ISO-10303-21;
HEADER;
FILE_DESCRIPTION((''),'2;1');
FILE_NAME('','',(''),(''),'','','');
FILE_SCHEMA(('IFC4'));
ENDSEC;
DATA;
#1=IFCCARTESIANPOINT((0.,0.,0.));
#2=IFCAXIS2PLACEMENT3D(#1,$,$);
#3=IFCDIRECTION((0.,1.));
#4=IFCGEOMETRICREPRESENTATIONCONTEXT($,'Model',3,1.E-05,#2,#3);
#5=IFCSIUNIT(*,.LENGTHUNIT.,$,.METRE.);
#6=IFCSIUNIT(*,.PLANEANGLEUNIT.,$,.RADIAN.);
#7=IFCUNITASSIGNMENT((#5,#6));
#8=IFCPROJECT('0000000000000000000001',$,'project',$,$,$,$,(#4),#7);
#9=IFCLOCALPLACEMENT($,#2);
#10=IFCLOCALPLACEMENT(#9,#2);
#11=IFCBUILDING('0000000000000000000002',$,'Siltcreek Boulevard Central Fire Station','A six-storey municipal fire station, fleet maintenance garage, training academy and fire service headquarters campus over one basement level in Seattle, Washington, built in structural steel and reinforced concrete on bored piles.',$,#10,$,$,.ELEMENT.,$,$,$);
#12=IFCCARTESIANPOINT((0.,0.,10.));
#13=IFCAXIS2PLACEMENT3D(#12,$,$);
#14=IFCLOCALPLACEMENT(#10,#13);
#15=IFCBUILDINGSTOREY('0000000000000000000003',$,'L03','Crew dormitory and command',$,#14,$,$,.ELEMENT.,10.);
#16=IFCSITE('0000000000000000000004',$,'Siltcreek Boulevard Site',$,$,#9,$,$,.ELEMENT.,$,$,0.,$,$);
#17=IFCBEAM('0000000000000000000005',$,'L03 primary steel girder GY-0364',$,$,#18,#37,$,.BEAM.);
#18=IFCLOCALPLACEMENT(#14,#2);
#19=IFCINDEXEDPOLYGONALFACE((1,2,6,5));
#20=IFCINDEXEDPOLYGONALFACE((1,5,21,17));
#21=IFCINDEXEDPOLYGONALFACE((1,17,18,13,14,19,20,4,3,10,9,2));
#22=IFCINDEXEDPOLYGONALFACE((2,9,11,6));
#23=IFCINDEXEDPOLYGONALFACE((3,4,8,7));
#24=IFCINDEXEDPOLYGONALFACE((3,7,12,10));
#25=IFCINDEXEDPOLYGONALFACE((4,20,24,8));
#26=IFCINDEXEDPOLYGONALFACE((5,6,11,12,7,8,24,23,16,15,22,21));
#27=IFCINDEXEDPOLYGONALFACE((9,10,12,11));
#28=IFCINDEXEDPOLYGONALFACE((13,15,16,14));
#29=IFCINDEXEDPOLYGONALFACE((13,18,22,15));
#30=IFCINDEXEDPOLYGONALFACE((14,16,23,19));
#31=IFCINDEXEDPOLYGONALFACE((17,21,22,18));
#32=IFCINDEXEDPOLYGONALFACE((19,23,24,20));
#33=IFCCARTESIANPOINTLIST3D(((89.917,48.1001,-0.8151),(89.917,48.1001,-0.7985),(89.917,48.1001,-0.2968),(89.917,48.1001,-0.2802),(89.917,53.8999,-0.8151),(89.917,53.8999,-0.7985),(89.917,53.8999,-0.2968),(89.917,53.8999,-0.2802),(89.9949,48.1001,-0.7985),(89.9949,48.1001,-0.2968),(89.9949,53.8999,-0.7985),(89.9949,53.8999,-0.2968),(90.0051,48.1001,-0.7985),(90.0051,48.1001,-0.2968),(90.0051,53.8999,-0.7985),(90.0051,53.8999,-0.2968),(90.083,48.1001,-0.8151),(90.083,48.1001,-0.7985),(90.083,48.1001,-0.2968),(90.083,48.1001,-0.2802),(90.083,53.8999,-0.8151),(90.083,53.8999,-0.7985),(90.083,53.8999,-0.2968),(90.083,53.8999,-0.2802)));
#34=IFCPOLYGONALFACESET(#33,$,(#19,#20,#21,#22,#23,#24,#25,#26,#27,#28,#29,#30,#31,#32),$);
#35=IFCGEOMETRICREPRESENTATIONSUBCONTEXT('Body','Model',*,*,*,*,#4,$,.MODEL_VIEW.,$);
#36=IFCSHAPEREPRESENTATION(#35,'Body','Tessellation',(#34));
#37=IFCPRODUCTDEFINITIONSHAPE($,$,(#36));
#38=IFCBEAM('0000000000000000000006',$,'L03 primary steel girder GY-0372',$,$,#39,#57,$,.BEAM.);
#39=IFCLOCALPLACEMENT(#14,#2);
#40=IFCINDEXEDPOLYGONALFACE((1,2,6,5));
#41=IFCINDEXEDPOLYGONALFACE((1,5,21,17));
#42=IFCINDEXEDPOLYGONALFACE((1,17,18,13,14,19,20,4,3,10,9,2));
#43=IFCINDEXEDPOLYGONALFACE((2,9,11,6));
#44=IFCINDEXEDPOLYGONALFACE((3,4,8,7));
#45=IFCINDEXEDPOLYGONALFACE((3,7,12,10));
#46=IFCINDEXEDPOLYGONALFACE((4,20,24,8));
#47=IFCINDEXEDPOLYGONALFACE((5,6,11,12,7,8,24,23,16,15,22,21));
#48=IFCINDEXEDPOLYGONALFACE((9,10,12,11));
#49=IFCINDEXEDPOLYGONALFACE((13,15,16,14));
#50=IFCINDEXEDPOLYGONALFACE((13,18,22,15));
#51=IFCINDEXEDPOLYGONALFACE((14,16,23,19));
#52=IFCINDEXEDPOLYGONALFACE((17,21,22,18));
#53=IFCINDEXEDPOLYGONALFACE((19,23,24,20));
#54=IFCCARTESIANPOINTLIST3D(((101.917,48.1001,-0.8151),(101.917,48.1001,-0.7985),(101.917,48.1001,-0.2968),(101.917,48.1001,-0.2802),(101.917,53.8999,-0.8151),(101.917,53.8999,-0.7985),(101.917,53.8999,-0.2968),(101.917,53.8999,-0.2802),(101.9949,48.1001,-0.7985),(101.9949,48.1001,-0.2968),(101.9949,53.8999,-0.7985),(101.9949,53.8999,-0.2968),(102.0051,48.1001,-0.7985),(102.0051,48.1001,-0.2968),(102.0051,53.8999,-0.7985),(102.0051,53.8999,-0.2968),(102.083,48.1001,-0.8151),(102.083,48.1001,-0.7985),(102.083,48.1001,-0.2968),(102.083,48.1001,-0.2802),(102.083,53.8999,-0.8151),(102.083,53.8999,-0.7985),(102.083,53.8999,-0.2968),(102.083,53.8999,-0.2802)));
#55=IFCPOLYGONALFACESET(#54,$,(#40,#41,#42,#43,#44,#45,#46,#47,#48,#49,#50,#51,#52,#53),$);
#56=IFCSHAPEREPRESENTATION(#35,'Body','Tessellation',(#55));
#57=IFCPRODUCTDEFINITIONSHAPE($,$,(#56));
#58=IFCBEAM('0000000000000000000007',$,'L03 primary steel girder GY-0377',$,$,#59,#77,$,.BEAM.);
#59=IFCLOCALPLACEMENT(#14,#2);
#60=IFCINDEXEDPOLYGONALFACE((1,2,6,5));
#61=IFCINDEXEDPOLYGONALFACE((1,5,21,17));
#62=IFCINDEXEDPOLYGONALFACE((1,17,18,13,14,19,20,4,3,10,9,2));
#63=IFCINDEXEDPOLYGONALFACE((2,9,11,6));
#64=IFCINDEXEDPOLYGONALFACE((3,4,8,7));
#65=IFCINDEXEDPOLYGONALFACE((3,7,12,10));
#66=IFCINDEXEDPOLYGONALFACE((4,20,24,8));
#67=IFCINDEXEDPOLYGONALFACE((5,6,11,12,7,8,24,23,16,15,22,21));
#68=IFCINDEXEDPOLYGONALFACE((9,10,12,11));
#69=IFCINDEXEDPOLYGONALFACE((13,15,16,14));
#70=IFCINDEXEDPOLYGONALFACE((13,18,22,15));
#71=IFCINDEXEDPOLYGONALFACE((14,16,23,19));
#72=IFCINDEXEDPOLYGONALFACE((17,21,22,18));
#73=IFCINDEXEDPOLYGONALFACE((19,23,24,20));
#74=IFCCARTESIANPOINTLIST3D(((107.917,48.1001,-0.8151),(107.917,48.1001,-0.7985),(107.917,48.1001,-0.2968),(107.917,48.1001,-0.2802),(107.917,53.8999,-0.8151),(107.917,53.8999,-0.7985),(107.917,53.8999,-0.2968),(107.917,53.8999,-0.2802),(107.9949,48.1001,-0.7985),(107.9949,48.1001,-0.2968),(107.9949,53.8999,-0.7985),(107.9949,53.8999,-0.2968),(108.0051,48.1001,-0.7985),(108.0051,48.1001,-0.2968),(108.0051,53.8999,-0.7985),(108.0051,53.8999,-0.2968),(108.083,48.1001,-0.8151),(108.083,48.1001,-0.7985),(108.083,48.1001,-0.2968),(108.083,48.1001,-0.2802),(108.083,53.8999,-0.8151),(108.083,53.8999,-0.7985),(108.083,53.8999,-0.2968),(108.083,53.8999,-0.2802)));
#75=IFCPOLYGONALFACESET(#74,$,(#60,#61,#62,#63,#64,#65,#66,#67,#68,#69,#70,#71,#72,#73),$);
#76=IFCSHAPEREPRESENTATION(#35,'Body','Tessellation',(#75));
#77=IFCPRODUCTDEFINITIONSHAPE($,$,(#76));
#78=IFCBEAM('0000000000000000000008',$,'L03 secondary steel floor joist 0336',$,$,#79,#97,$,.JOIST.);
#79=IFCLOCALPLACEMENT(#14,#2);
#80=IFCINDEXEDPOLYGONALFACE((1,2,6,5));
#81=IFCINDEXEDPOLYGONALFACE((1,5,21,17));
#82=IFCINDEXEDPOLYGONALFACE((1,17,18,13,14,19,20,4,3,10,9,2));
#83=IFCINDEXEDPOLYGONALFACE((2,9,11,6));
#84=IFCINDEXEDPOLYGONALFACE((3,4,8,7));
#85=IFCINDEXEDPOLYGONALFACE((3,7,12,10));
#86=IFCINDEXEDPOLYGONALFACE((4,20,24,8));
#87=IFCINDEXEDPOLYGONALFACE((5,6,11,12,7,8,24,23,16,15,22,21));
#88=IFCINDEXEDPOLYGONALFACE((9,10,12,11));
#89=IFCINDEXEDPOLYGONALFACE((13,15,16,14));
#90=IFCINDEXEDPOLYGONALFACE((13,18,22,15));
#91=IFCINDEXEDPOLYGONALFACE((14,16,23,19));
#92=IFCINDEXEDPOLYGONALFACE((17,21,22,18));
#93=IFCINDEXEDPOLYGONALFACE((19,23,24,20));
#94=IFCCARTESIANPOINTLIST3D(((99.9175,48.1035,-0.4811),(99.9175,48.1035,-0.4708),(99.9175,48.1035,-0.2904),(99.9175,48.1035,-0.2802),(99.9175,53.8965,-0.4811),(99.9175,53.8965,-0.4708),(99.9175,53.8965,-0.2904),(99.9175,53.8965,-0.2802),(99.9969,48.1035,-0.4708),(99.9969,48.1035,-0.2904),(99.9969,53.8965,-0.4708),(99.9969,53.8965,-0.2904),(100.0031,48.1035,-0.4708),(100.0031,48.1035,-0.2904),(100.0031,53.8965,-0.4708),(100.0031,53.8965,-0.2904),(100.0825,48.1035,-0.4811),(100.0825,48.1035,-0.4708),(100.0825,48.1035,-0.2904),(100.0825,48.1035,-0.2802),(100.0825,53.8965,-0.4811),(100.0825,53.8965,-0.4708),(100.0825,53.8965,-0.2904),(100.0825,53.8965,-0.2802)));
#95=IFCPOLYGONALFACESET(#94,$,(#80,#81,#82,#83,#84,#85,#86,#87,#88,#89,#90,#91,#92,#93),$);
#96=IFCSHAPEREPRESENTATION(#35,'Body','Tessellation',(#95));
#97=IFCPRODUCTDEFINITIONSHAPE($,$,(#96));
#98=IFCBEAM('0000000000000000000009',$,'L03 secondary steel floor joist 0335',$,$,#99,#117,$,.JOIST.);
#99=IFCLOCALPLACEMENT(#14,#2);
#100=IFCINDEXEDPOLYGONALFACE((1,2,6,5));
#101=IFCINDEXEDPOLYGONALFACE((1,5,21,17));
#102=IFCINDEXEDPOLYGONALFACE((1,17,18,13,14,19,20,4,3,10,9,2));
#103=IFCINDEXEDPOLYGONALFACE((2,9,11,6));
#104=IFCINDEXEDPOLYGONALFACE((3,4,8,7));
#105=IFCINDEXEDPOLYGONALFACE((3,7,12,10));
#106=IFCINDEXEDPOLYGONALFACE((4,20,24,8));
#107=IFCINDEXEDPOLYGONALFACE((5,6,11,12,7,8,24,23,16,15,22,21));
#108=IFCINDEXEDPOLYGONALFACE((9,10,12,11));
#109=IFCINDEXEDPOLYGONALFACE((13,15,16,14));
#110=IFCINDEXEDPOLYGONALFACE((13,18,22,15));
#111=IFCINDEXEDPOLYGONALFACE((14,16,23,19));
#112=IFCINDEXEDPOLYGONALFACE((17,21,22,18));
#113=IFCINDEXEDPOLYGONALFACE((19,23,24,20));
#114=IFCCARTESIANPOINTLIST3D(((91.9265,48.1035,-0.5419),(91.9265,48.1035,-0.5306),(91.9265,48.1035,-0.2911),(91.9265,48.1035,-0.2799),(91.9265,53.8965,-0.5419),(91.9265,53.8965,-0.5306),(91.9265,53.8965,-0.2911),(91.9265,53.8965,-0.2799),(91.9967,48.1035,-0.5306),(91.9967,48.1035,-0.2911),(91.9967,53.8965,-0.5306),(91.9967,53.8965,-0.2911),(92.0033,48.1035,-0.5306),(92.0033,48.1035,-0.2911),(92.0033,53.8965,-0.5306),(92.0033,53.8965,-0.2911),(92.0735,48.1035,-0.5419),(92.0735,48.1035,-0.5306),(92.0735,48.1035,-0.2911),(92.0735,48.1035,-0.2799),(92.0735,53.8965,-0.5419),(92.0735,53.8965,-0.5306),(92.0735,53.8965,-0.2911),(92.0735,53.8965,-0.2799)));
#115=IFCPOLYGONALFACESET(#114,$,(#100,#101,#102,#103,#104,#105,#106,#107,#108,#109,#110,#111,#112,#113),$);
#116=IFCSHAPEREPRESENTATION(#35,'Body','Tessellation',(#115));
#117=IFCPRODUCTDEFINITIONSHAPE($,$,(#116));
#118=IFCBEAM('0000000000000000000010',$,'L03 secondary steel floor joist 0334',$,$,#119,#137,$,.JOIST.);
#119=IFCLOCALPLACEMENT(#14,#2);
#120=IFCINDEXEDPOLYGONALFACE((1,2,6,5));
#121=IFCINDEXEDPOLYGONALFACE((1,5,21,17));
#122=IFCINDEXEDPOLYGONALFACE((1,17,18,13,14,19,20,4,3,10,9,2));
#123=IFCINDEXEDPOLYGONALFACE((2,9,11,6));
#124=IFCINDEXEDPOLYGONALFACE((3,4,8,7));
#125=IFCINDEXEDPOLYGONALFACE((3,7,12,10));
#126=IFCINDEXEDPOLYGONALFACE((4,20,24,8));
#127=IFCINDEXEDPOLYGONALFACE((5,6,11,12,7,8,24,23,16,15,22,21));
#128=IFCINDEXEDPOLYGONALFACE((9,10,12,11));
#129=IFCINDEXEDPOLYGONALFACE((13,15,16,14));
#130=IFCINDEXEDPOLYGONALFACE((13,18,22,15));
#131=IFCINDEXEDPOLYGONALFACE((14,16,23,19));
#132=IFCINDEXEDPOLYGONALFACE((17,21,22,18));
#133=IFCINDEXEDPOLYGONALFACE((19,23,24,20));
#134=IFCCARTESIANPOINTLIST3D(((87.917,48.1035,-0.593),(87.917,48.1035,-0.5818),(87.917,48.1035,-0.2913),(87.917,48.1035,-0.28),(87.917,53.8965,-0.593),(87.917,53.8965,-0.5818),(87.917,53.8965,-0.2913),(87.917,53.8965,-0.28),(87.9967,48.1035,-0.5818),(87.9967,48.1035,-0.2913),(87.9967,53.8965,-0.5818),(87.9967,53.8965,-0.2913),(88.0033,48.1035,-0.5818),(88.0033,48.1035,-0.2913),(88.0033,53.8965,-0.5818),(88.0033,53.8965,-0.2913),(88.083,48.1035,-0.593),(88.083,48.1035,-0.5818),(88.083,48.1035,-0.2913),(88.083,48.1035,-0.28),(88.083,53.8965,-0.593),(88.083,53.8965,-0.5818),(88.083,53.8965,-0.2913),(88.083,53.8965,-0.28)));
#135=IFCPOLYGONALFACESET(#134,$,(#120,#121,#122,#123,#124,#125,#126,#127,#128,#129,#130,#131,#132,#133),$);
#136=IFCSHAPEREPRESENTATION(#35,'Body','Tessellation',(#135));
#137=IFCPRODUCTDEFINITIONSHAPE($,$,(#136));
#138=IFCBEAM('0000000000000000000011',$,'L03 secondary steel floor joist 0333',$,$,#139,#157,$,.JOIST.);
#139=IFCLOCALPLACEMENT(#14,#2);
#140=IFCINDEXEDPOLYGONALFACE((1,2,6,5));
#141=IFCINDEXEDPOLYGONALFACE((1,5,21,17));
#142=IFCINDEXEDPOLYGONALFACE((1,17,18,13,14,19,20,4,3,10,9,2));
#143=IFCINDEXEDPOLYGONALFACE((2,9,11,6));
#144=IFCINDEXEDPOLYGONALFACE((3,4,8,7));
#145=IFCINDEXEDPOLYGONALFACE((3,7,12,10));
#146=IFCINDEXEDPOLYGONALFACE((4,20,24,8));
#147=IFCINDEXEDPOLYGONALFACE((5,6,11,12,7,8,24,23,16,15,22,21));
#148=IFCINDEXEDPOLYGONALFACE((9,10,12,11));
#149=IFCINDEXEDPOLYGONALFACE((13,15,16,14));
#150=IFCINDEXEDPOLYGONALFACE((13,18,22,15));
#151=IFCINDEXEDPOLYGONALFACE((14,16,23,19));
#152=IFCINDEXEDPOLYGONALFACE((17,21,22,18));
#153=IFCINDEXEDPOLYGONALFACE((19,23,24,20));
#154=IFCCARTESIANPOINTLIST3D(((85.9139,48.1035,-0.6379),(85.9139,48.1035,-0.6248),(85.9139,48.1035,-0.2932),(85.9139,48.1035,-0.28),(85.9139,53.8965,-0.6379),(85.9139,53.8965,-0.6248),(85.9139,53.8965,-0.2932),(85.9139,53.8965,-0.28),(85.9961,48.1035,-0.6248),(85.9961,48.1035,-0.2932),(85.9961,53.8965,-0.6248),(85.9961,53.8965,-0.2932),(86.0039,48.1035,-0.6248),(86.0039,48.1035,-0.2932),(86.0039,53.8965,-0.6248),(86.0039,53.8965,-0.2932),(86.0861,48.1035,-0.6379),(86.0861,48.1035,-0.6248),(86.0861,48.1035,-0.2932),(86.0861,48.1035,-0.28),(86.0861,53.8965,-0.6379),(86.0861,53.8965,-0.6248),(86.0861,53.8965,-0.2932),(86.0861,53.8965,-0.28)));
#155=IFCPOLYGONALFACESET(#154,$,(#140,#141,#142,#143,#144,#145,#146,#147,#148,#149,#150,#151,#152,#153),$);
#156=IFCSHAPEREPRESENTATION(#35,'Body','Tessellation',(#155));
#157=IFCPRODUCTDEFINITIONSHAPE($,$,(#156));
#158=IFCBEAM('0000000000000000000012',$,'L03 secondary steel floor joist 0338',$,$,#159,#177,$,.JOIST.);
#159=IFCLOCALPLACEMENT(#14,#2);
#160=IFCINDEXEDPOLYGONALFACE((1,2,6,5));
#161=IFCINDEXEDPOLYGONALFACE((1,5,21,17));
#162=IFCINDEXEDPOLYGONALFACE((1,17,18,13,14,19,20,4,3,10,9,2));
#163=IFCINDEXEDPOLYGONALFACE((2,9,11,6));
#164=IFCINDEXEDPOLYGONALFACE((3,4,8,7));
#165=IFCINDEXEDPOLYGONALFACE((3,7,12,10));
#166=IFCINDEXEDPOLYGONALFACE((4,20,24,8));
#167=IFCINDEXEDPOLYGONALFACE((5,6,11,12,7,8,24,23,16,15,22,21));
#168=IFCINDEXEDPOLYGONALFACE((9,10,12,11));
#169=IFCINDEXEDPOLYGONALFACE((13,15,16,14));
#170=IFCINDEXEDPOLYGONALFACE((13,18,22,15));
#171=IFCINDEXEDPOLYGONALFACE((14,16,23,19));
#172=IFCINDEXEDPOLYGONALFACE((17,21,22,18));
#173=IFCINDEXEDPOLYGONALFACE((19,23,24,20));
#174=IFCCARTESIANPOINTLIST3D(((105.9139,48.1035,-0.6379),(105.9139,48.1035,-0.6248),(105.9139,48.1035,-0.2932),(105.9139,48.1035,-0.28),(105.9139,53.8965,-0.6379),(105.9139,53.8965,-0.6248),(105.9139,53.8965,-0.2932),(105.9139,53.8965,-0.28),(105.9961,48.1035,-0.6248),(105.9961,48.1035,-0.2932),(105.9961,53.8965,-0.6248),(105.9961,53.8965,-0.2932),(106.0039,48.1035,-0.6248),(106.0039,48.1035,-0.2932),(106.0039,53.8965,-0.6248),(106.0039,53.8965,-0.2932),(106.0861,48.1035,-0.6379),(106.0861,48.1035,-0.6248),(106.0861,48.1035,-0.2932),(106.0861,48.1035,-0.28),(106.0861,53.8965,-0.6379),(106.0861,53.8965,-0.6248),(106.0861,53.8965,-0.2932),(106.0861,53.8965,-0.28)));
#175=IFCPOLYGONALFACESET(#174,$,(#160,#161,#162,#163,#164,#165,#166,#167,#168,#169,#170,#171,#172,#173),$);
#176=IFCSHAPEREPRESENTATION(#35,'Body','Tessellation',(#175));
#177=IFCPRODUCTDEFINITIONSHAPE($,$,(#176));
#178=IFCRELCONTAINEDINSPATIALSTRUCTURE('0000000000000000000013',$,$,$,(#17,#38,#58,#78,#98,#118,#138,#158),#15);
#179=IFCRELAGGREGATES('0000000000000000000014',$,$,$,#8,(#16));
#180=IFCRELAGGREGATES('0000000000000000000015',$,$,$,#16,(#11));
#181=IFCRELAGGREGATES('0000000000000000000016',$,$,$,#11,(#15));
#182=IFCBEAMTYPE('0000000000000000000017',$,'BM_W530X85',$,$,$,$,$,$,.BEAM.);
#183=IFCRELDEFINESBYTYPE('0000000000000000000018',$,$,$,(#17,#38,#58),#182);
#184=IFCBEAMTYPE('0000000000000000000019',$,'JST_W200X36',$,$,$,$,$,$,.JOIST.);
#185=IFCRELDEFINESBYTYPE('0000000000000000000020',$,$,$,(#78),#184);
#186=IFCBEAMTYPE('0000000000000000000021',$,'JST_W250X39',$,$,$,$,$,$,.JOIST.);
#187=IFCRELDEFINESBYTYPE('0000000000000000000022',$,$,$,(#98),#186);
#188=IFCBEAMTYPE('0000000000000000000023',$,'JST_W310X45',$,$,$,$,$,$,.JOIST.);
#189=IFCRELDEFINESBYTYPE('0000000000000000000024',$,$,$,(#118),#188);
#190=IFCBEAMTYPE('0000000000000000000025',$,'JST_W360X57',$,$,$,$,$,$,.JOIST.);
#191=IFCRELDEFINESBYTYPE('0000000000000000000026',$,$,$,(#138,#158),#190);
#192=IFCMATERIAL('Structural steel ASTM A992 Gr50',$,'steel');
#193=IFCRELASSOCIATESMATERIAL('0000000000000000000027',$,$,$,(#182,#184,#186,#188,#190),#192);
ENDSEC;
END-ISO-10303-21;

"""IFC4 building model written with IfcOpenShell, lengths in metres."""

from ifc_helpers import new_model, si_unit, direction, frame, origin, origin_2d, place, context, subcontext, project, spatial, i_section, extrude, material, material_profile, profile_set, type_object, element, save


model = new_model("IFC4")

# Units and contexts
model_context = context("Model", 3, precision=1e-05, world=origin(), true_north=direction((0.0, 1.0)))
body_context = subcontext(model_context, "Body", "Model", "MODEL_VIEW")
ifc_project = project(units=[si_unit("LENGTHUNIT", "METRE"), si_unit("PLANEANGLEUNIT", "RADIAN")], contexts=[model_context])

# Site, building, storey
site_placement = place(None, origin())
site = spatial("IfcSite", under=ifc_project, at=site_placement, Name="Siltcreek Boulevard Site", CompositionType="ELEMENT", RefElevation=0.0)
building_placement = place(site_placement, origin())
building = spatial("IfcBuilding", under=site, at=building_placement, Name="Siltcreek Boulevard Central Fire Station", Description="A six-storey municipal fire station, fleet maintenance garage, training academy and fire service headquarters campus over one basement level in Seattle, Washington, built in structural steel and reinforced concrete on bored piles.", CompositionType="ELEMENT")
storey_placement = place(building_placement, frame((0.0, 0.0, 10.0)))
storey = spatial("IfcBuildingStorey", under=building, at=storey_placement, Name="L03", Description="Crew dormitory and command", CompositionType="ELEMENT", Elevation=10.0)

# Beams
ifc_material_1 = material(Name="Structural steel ASTM A992 Gr50", Category="steel")
ifc_material_profile_1 = material_profile(ifc_material_1, i_section(OverallWidth=0.166, OverallDepth=0.5349, WebThickness=0.0103, FlangeThickness=0.0166, at=origin_2d()), Name="W530X85")
ifc_profile_set_1 = profile_set([ifc_material_profile_1], Name="Structural steel ASTM A992 Gr50")
beam_type_1 = type_object("IfcBeamType", Name="BM_W530X85", PredefinedType="BEAM", material=ifc_profile_set_1)
for number, where, z_axis, x_axis, name in (
    (1, (90.0, 48.1001, -0.5476), (0.0, 1.0, 0.0), (-1.0, 0.0, 0.0), "L03 primary steel girder GY-0364"),
    (2, (102.0, 48.1001, -0.5476), (0.0, 1.0, 0.0), (-1.0, 0.0, 0.0), "L03 primary steel girder GY-0372"),
    (3, (108.0, 48.1001, -0.5476), (0.0, 1.0, 0.0), (-1.0, 0.0, 0.0), "L03 primary steel girder GY-0377"),
):
    element("IfcBeam", number, at=place(storey_placement, frame(where, z_axis=z_axis, x_axis=x_axis)), inside=storey, type_object=beam_type_1, Name=name, PredefinedType="BEAM", context=body_context, shape_type="SweptSolid", body=[
        extrude(i_section(OverallWidth=0.166, OverallDepth=0.5349, WebThickness=0.0103, FlangeThickness=0.0166, at=origin_2d()), origin(), (0.0, 0.0, 1.0), 5.7998),
    ])
ifc_material_profile_2 = material_profile(ifc_material_1, i_section(OverallWidth=0.165, OverallDepth=0.2009, WebThickness=0.0061, FlangeThickness=0.0103, at=origin_2d()), Name="W200X36")
ifc_profile_set_2 = profile_set([ifc_material_profile_2], Name="Structural steel ASTM A992 Gr50")
beam_type_2 = type_object("IfcBeamType", Name="JST_W200X36", PredefinedType="JOIST", material=ifc_profile_set_2)
beam_1_placement = place(storey_placement, frame((100.0, 48.1035, -0.3806), z_axis=(0.0, 1.0, 0.0), x_axis=(-1.0, 0.0, 0.0)))
element("IfcBeam", 4, at=beam_1_placement, inside=storey, type_object=beam_type_2, Name="L03 secondary steel floor joist 0336", PredefinedType="JOIST", context=body_context, shape_type="SweptSolid", body=[
    extrude(i_section(OverallWidth=0.165, OverallDepth=0.2009, WebThickness=0.0061, FlangeThickness=0.0103, at=origin_2d()), origin(), (0.0, 0.0, 1.0), 5.793),
])
ifc_material_profile_3 = material_profile(ifc_material_1, i_section(OverallWidth=0.147, OverallDepth=0.262, WebThickness=0.0066, FlangeThickness=0.0112, at=origin_2d()), Name="W250X39")
ifc_profile_set_3 = profile_set([ifc_material_profile_3], Name="Structural steel ASTM A992 Gr50")
beam_type_3 = type_object("IfcBeamType", Name="JST_W250X39", PredefinedType="JOIST", material=ifc_profile_set_3)
beam_2_placement = place(storey_placement, frame((92.0, 48.1035, -0.4109), z_axis=(0.0, 1.0, 0.0), x_axis=(-1.0, 0.0, 0.0)))
element("IfcBeam", 5, at=beam_2_placement, inside=storey, type_object=beam_type_3, Name="L03 secondary steel floor joist 0335", PredefinedType="JOIST", context=body_context, shape_type="SweptSolid", body=[
    extrude(i_section(OverallWidth=0.147, OverallDepth=0.262, WebThickness=0.0066, FlangeThickness=0.0112, at=origin_2d()), origin(), (0.0, 0.0, 1.0), 5.793),
])
ifc_material_profile_4 = material_profile(ifc_material_1, i_section(OverallWidth=0.166, OverallDepth=0.313, WebThickness=0.0066, FlangeThickness=0.0112, at=origin_2d()), Name="W310X45")
ifc_profile_set_4 = profile_set([ifc_material_profile_4], Name="Structural steel ASTM A992 Gr50")
beam_type_4 = type_object("IfcBeamType", Name="JST_W310X45", PredefinedType="JOIST", material=ifc_profile_set_4)
beam_3_placement = place(storey_placement, frame((88.0, 48.1035, -0.4365), z_axis=(0.0, 1.0, 0.0), x_axis=(-1.0, 0.0, 0.0)))
element("IfcBeam", 6, at=beam_3_placement, inside=storey, type_object=beam_type_4, Name="L03 secondary steel floor joist 0334", PredefinedType="JOIST", context=body_context, shape_type="SweptSolid", body=[
    extrude(i_section(OverallWidth=0.166, OverallDepth=0.313, WebThickness=0.0066, FlangeThickness=0.0112, at=origin_2d()), origin(), (0.0, 0.0, 1.0), 5.793),
])
ifc_material_profile_5 = material_profile(ifc_material_1, i_section(OverallWidth=0.1721, OverallDepth=0.3579, WebThickness=0.0078, FlangeThickness=0.0132, at=origin_2d()), Name="W360X57")
ifc_profile_set_5 = profile_set([ifc_material_profile_5], Name="Structural steel ASTM A992 Gr50")
beam_type_5 = type_object("IfcBeamType", Name="JST_W360X57", PredefinedType="JOIST", material=ifc_profile_set_5)
for number, where, z_axis, x_axis, name in (
    (7, (86.0, 48.1035, -0.459), (0.0, 1.0, 0.0), (-1.0, 0.0, 0.0), "L03 secondary steel floor joist 0333"),
    (8, (106.0, 48.1035, -0.459), (0.0, 1.0, 0.0), (-1.0, 0.0, 0.0), "L03 secondary steel floor joist 0338"),
):
    element("IfcBeam", number, at=place(storey_placement, frame(where, z_axis=z_axis, x_axis=x_axis)), inside=storey, type_object=beam_type_5, Name=name, PredefinedType="JOIST", context=body_context, shape_type="SweptSolid", body=[
        extrude(i_section(OverallWidth=0.1721, OverallDepth=0.3579, WebThickness=0.0078, FlangeThickness=0.0132, at=origin_2d()), origin(), (0.0, 0.0, 1.0), 5.793),
    ])

save(model, "model.ifc")
